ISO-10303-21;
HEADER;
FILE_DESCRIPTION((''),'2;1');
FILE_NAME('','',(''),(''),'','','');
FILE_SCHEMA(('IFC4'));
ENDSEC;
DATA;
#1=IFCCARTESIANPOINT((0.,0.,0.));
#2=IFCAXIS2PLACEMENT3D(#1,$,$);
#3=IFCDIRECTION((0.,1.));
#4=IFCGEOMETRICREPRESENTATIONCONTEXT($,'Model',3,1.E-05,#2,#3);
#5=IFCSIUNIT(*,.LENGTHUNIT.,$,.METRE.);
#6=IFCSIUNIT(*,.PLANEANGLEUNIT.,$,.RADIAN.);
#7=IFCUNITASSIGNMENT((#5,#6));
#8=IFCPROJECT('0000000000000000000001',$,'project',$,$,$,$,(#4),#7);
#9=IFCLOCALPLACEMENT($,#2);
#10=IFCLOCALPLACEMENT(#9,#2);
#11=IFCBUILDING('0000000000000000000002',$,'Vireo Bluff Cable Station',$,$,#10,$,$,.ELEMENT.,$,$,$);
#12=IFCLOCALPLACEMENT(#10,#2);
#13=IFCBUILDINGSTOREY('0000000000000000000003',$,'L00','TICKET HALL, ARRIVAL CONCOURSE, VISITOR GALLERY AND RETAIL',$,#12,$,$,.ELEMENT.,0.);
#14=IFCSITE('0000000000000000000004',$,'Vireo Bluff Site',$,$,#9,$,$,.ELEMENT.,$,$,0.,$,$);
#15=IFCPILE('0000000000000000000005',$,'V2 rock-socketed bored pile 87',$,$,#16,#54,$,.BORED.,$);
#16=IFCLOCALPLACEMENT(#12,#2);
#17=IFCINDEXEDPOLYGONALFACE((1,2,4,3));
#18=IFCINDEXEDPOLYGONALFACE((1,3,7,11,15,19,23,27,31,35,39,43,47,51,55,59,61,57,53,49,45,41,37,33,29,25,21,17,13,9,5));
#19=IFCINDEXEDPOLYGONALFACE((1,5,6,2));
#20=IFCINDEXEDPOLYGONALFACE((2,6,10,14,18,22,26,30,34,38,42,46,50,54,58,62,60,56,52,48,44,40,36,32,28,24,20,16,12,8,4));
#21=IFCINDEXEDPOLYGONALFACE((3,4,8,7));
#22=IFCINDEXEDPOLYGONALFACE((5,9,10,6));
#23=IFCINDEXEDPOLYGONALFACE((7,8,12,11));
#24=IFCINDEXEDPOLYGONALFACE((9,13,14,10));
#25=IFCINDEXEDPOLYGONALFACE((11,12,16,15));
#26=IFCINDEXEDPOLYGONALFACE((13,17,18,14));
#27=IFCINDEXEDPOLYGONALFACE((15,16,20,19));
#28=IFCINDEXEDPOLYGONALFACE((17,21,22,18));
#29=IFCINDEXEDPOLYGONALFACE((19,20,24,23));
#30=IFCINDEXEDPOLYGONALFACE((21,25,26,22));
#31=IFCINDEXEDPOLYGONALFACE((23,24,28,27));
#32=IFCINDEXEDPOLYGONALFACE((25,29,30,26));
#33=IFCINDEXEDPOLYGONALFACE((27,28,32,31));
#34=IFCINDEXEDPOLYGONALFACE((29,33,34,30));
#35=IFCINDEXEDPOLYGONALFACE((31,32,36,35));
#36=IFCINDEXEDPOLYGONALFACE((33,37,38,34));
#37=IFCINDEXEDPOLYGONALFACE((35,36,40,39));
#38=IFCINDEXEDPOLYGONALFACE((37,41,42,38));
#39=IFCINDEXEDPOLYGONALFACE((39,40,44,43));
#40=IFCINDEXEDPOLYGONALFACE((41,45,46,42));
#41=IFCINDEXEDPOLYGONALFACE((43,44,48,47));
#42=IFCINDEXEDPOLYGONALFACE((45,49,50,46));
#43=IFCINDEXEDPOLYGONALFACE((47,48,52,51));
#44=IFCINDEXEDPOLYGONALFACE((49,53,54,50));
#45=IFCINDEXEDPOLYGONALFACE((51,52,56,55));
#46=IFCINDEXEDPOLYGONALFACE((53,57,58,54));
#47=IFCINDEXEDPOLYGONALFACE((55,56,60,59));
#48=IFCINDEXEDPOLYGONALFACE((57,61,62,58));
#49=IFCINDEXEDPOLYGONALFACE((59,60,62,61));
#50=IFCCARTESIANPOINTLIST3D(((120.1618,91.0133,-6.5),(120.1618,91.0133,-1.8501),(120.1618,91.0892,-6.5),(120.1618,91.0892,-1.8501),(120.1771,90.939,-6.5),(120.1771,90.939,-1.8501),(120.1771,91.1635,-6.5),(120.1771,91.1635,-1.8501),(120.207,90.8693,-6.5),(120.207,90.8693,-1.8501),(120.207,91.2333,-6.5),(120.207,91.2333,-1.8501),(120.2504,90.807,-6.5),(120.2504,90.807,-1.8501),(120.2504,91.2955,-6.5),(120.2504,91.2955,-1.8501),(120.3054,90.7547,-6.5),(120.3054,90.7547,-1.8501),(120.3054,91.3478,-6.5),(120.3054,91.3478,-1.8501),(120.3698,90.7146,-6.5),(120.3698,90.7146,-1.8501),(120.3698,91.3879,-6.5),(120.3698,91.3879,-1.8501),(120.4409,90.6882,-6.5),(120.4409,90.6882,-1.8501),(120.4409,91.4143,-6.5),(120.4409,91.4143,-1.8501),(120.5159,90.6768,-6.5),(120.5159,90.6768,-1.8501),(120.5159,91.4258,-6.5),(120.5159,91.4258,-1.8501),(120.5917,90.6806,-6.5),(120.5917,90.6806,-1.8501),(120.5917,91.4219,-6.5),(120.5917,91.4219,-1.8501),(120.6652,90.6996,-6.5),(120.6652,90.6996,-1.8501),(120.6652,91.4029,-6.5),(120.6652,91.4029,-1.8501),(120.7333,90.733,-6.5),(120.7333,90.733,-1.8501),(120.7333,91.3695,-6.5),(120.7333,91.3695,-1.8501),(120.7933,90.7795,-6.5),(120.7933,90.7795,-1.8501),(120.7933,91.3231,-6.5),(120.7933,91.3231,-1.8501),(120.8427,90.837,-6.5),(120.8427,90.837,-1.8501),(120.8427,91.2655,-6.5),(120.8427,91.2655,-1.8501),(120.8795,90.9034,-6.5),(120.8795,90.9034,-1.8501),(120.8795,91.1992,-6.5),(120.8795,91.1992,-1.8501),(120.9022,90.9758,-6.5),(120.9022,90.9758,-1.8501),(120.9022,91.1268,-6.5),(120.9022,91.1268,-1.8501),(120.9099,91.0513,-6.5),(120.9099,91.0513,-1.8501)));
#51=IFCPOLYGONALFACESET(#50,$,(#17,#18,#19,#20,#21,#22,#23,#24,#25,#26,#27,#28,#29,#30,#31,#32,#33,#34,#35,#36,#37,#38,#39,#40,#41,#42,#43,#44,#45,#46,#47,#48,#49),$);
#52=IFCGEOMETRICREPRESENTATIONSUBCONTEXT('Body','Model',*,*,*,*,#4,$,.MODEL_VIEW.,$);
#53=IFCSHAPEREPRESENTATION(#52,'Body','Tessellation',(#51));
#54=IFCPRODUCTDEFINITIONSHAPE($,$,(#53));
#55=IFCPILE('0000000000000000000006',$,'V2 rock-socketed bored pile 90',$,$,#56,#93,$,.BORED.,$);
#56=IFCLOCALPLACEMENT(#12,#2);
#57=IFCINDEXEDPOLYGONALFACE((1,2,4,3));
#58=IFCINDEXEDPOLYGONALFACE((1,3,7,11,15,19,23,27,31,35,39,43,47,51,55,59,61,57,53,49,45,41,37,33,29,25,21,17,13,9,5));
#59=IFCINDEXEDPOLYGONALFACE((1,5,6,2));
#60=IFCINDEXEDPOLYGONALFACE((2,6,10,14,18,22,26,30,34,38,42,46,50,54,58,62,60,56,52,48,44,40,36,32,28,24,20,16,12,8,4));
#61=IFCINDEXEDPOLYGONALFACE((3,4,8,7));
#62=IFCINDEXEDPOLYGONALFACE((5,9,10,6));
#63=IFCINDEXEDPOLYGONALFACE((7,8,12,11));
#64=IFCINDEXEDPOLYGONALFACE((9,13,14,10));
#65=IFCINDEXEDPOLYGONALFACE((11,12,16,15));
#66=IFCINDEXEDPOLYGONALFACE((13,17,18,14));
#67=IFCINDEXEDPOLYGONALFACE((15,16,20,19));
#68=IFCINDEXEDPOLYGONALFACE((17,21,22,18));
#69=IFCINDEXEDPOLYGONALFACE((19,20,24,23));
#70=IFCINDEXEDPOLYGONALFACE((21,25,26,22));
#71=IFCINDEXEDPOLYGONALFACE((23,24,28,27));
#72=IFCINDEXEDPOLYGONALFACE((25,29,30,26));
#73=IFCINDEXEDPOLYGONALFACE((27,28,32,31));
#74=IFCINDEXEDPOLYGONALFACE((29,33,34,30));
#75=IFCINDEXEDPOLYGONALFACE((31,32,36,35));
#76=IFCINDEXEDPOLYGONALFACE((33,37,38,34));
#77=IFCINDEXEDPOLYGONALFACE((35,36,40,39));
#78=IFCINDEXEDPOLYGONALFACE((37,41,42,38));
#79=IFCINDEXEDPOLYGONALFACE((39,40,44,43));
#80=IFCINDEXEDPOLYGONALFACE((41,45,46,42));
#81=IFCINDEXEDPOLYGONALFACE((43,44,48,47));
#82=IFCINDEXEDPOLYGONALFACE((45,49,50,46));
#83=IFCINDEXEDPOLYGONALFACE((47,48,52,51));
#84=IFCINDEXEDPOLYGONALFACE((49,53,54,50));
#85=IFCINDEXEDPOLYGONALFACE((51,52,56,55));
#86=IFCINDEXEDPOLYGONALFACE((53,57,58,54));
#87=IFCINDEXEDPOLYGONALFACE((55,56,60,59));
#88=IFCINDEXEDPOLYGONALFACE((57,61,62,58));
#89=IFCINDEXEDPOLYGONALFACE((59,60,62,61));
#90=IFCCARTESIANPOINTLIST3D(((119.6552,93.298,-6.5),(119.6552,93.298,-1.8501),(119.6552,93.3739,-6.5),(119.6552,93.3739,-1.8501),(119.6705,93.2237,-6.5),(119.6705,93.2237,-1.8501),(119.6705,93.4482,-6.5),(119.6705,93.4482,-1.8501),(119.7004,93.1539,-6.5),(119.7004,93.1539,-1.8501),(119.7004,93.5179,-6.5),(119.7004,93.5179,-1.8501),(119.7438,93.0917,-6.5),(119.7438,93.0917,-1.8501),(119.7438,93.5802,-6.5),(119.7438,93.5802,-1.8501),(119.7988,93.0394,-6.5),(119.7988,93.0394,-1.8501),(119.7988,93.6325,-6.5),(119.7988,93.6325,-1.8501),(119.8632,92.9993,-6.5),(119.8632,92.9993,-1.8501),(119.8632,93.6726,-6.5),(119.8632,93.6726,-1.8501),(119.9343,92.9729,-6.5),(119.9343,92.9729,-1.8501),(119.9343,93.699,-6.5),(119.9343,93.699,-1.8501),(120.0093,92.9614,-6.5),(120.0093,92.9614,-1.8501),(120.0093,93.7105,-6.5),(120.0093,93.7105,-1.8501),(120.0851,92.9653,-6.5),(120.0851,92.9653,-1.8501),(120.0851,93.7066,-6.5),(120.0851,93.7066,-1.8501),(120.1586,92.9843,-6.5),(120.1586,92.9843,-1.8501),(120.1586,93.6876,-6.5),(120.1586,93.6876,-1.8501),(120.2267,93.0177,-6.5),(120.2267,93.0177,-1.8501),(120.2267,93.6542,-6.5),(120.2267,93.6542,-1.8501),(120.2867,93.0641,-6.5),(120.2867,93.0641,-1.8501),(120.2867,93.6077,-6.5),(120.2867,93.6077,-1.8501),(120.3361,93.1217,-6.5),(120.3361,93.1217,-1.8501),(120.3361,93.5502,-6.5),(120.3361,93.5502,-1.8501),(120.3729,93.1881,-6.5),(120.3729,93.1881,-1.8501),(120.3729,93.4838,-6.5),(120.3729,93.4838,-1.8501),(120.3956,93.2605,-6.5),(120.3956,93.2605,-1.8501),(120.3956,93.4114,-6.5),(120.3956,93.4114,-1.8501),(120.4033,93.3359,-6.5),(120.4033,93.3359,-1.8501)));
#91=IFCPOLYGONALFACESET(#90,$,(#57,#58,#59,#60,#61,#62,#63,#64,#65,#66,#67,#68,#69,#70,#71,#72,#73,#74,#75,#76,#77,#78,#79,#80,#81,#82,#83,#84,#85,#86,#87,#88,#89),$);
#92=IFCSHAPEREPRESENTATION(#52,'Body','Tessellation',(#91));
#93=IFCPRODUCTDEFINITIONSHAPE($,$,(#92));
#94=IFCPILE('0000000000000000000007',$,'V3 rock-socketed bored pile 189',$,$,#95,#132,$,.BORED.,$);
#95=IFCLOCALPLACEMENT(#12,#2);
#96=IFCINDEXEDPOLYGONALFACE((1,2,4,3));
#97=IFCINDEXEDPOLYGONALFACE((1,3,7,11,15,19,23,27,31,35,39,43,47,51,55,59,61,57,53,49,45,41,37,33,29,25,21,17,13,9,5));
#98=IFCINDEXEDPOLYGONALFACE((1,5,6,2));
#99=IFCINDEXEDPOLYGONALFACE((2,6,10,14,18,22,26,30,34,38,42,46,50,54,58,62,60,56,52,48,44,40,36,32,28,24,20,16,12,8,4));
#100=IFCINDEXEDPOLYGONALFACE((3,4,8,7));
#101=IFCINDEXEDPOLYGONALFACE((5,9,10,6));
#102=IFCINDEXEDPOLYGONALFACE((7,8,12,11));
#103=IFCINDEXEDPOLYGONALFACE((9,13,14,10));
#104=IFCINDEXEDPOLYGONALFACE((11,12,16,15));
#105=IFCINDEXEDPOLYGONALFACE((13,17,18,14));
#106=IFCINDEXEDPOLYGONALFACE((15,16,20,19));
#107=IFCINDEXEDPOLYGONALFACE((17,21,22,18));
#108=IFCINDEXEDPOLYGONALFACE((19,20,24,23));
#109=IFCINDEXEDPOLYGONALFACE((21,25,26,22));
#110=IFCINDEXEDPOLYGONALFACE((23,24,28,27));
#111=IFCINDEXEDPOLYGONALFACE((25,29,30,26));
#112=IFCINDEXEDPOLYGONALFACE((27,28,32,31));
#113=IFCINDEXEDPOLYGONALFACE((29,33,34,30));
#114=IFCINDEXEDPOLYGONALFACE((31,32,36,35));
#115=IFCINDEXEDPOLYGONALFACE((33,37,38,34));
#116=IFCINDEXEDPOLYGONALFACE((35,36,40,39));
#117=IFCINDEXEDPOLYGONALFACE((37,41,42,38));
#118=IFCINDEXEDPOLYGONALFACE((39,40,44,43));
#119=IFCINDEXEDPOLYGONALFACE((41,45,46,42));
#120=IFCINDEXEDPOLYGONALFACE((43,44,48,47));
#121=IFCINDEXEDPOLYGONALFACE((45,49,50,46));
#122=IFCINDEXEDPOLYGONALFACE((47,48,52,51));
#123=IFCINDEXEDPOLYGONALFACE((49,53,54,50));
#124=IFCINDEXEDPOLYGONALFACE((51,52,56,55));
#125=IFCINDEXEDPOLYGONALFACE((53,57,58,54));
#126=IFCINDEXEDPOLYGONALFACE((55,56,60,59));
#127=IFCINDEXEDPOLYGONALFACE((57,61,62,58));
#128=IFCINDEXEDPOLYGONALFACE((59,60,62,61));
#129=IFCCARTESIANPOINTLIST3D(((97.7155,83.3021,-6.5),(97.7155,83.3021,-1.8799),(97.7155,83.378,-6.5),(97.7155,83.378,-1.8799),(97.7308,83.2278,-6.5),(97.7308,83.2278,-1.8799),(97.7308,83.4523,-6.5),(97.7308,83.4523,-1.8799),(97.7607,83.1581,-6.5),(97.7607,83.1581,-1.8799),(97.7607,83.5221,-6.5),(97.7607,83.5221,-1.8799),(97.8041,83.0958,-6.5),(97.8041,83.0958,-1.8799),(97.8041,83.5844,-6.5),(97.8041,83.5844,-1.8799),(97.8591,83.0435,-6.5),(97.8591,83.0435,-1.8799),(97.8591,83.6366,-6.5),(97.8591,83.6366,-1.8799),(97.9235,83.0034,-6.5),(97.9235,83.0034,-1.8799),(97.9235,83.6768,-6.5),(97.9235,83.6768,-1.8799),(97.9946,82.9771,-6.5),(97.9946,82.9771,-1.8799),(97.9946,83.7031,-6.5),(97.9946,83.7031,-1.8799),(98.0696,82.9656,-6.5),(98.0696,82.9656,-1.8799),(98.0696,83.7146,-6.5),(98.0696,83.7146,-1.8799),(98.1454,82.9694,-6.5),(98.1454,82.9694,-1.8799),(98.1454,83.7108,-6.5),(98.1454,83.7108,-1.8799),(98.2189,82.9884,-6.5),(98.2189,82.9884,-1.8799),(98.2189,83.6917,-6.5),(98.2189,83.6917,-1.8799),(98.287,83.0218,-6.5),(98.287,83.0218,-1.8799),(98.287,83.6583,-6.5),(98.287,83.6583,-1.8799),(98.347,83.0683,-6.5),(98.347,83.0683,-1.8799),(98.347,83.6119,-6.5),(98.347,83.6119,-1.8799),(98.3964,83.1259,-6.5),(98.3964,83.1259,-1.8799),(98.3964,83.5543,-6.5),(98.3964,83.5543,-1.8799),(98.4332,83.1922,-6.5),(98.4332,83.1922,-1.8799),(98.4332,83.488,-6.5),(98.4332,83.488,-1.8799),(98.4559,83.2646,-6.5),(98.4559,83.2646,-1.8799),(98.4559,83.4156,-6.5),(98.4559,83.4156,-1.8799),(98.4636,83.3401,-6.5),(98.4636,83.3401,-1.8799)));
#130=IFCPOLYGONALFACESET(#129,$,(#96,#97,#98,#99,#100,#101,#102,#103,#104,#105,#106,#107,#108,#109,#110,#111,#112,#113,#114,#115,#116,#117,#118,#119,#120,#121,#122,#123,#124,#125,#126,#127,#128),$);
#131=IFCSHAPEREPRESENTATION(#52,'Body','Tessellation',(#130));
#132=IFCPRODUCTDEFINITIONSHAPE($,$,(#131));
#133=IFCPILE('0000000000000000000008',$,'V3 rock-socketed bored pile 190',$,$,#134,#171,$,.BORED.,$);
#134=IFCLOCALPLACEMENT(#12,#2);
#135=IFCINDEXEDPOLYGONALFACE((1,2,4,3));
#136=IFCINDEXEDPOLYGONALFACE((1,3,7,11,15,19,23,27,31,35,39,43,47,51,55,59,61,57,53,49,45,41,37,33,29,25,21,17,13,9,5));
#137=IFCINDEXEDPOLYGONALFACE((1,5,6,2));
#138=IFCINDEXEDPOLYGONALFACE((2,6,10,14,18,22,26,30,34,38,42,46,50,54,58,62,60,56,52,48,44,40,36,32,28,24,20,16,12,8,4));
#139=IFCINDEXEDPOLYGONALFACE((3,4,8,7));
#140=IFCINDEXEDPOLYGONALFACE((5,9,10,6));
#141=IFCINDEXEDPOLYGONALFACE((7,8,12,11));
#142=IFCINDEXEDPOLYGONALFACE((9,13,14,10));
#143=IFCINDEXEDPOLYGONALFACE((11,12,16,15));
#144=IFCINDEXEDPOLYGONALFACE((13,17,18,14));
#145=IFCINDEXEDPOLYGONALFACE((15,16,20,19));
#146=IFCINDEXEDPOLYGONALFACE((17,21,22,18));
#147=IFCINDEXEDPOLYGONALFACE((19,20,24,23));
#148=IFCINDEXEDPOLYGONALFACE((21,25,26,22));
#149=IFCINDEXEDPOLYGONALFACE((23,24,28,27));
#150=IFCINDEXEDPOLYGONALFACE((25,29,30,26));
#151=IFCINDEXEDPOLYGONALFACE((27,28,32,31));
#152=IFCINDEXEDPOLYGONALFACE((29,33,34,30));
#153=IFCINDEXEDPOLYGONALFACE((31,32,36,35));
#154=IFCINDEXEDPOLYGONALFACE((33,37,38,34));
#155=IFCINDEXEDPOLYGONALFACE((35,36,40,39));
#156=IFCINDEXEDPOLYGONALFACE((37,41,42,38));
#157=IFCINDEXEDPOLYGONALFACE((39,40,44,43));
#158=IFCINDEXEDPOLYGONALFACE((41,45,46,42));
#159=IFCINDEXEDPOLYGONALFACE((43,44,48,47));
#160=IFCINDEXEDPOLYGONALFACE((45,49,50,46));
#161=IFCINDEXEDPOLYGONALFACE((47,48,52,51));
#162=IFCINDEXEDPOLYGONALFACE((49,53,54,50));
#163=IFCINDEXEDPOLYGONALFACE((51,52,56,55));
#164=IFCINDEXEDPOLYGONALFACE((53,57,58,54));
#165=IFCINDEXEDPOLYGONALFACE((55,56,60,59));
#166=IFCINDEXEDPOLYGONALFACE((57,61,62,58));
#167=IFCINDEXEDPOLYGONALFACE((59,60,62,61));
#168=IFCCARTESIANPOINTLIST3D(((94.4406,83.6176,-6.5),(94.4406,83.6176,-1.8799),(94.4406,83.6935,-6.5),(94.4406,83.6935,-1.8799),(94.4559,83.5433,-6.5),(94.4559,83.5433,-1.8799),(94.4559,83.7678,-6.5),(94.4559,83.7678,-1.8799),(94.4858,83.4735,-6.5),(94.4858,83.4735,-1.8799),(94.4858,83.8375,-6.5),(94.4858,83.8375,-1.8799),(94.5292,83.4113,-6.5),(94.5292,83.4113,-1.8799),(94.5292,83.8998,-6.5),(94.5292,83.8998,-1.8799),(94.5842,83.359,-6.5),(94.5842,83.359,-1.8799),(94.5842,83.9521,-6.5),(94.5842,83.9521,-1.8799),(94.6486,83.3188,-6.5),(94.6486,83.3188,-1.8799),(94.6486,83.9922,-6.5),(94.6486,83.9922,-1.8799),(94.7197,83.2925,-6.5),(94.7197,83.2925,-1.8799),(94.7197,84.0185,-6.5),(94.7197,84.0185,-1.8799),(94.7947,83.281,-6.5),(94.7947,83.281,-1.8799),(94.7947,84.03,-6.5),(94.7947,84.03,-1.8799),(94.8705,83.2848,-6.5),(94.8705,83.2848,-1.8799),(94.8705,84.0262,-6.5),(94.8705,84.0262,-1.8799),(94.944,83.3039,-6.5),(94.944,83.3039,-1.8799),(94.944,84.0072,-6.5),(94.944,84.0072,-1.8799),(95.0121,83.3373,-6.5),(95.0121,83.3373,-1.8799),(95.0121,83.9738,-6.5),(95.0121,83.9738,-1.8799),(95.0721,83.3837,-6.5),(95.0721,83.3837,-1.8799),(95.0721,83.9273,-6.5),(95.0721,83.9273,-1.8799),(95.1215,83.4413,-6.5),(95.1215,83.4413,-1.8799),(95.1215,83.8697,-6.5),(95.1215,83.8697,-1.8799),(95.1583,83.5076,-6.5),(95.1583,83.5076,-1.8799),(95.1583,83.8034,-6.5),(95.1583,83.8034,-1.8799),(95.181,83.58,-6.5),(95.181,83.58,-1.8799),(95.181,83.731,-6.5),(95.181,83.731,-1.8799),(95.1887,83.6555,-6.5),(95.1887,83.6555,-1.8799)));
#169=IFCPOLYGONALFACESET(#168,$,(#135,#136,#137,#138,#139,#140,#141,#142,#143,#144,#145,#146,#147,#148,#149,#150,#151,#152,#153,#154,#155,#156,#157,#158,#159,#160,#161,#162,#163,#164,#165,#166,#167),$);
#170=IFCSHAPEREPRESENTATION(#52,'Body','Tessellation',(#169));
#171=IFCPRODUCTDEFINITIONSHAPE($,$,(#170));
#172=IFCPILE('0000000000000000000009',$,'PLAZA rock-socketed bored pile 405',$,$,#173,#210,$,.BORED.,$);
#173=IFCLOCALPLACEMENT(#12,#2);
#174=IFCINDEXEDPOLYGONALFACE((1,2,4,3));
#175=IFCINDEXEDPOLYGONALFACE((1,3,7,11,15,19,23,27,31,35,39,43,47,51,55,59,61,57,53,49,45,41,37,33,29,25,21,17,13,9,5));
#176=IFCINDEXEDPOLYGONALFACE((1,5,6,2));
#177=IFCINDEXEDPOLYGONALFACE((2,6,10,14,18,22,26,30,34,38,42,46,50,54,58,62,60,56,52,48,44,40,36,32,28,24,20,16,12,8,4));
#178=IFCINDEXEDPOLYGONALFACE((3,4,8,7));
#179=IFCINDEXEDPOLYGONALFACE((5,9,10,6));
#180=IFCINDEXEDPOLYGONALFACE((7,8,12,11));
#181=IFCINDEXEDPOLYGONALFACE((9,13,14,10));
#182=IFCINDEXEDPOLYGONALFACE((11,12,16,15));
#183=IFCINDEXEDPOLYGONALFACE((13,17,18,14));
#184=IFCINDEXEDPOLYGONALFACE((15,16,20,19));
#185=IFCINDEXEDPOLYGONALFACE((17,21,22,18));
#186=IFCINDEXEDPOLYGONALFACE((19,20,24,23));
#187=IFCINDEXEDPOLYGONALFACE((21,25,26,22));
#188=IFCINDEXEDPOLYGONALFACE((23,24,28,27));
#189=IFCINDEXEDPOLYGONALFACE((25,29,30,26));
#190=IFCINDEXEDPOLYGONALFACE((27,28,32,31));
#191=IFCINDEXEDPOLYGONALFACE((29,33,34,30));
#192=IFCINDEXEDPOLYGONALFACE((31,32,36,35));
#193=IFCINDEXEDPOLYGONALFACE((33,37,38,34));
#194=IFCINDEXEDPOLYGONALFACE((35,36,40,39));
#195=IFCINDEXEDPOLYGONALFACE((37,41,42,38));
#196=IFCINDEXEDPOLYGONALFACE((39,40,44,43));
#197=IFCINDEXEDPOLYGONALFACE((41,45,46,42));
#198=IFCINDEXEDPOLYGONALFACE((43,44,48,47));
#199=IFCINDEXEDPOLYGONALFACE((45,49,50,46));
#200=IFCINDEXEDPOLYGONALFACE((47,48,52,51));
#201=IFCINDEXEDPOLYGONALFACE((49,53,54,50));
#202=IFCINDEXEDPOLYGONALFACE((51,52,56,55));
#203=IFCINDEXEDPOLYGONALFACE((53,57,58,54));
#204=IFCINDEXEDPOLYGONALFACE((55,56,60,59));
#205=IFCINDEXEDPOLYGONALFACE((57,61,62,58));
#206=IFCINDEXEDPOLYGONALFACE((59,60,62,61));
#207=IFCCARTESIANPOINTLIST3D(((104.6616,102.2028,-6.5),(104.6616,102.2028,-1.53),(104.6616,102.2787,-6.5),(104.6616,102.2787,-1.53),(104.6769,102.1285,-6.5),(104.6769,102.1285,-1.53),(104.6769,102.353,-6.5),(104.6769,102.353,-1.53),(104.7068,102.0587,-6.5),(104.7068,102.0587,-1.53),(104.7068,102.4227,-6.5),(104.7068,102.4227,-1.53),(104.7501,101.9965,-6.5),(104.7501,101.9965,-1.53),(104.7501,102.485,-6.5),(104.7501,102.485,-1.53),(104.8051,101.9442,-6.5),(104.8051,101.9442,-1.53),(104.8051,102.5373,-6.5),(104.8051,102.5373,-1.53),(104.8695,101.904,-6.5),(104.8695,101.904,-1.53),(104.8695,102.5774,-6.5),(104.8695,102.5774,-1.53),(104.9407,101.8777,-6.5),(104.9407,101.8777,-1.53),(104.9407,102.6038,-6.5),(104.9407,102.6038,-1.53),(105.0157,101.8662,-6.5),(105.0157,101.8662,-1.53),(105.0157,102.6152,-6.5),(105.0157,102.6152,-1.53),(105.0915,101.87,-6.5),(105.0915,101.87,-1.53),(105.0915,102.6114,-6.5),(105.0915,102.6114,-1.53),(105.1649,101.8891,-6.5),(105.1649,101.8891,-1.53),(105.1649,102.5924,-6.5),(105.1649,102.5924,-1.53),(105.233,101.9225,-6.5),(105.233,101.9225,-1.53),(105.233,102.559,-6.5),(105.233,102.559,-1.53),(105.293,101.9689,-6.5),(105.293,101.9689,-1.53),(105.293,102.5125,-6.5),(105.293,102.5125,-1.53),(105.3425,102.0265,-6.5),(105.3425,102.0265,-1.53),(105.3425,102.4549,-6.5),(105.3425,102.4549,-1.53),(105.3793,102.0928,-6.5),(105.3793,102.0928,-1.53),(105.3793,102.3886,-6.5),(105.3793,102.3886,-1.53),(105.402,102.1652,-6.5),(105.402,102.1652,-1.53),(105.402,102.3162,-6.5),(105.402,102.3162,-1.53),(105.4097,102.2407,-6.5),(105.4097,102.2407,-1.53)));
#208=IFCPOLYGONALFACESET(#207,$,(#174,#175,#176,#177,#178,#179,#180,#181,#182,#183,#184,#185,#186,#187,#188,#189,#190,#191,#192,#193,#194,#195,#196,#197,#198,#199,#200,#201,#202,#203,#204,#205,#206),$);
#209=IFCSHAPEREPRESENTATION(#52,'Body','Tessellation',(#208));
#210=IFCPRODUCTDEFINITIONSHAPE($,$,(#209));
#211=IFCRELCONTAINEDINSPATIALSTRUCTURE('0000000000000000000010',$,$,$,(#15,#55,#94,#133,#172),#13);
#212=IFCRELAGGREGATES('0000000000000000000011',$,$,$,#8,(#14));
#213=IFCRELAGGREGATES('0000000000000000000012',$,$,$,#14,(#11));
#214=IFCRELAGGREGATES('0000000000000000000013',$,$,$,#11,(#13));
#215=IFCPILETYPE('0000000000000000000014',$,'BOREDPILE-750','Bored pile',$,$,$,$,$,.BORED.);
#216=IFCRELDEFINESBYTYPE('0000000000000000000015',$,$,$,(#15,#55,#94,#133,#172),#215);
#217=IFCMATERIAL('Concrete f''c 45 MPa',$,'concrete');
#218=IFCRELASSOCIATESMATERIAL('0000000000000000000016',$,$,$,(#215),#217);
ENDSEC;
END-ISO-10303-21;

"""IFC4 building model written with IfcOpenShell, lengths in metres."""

from ifc_helpers import new_model, si_unit, direction, frame, origin, origin_2d, place, context, subcontext, project, spatial, circle, extrude, material, material_profile, profile_set, type_object, element, save


model = new_model("IFC4")

# Units and contexts
model_context = context("Model", 3, precision=1e-05, world=origin(), true_north=direction((0.0, 1.0)))
body_context = subcontext(model_context, "Body", "Model", "MODEL_VIEW")
ifc_project = project(units=[si_unit("LENGTHUNIT", "METRE"), si_unit("PLANEANGLEUNIT", "RADIAN")], contexts=[model_context])

# Site, building, storey
site_placement = place(None, origin())
site = spatial("IfcSite", under=ifc_project, at=site_placement, Name="Vireo Bluff Site", CompositionType="ELEMENT", RefElevation=0.0)
building_placement = place(site_placement, origin())
building = spatial("IfcBuilding", under=site, at=building_placement, Name="Vireo Bluff Cable Station", CompositionType="ELEMENT")
storey_placement = place(building_placement, origin())
storey = spatial("IfcBuildingStorey", under=building, at=storey_placement, Name="L00", Description="TICKET HALL, ARRIVAL CONCOURSE, VISITOR GALLERY AND RETAIL", CompositionType="ELEMENT", Elevation=0.0)

# Piles
ifc_material_1 = material(Name="Concrete f'c 45 MPa", Category="concrete")
ifc_material_profile_1 = material_profile(ifc_material_1, circle(Radius=0.375, at=origin_2d()), Name="BOREDPILE-750")
ifc_profile_set_1 = profile_set([ifc_material_profile_1], Name="Concrete f'c 45 MPa")
pile_type_1 = type_object("IfcPileType", Name="BOREDPILE-750", Description="Bored pile", PredefinedType="BORED", material=ifc_profile_set_1)
for number, where, z_axis, x_axis, name in (
    (1, (120.5349, 91.0513, -1.8501), (0.0, 0.0, -1.0), (1.0, 0.0, 0.0), "V2 rock-socketed bored pile 87"),
    (2, (120.0283, 93.3359, -1.8501), (0.0, 0.0, -1.0), (1.0, 0.0, 0.0), "V2 rock-socketed bored pile 90"),
):
    element("IfcPile", number, at=place(storey_placement, frame(where, z_axis=z_axis, x_axis=x_axis)), inside=storey, type_object=pile_type_1, Name=name, PredefinedType="BORED", context=body_context, shape_type="SweptSolid", body=[
        extrude(circle(Radius=0.375, at=origin_2d()), origin(), (0.0, 0.0, 1.0), 4.6499),
    ])
for number, where, z_axis, x_axis, name in (
    (3, (98.0886, 83.3401, -1.8799), (0.0, 0.0, -1.0), (1.0, 0.0, 0.0), "V3 rock-socketed bored pile 189"),
    (4, (94.8137, 83.6555, -1.8799), (0.0, 0.0, -1.0), (1.0, 0.0, 0.0), "V3 rock-socketed bored pile 190"),
):
    element("IfcPile", number, at=place(storey_placement, frame(where, z_axis=z_axis, x_axis=x_axis)), inside=storey, type_object=pile_type_1, Name=name, PredefinedType="BORED", context=body_context, shape_type="SweptSolid", body=[
        extrude(circle(Radius=0.375, at=origin_2d()), origin(), (0.0, 0.0, 1.0), 4.6201),
    ])
for number, where, z_axis, x_axis, name in (
    (5, (105.0347, 102.2407, -1.53), (0.0, 0.0, -1.0), (1.0, 0.0, 0.0), "PLAZA rock-socketed bored pile 405"),
):
    element("IfcPile", number, at=place(storey_placement, frame(where, z_axis=z_axis, x_axis=x_axis)), inside=storey, type_object=pile_type_1, Name=name, PredefinedType="BORED", context=body_context, shape_type="SweptSolid", body=[
        extrude(circle(Radius=0.375, at=origin_2d()), origin(), (0.0, 0.0, 1.0), 4.97),
    ])

save(model, "model.ifc")
